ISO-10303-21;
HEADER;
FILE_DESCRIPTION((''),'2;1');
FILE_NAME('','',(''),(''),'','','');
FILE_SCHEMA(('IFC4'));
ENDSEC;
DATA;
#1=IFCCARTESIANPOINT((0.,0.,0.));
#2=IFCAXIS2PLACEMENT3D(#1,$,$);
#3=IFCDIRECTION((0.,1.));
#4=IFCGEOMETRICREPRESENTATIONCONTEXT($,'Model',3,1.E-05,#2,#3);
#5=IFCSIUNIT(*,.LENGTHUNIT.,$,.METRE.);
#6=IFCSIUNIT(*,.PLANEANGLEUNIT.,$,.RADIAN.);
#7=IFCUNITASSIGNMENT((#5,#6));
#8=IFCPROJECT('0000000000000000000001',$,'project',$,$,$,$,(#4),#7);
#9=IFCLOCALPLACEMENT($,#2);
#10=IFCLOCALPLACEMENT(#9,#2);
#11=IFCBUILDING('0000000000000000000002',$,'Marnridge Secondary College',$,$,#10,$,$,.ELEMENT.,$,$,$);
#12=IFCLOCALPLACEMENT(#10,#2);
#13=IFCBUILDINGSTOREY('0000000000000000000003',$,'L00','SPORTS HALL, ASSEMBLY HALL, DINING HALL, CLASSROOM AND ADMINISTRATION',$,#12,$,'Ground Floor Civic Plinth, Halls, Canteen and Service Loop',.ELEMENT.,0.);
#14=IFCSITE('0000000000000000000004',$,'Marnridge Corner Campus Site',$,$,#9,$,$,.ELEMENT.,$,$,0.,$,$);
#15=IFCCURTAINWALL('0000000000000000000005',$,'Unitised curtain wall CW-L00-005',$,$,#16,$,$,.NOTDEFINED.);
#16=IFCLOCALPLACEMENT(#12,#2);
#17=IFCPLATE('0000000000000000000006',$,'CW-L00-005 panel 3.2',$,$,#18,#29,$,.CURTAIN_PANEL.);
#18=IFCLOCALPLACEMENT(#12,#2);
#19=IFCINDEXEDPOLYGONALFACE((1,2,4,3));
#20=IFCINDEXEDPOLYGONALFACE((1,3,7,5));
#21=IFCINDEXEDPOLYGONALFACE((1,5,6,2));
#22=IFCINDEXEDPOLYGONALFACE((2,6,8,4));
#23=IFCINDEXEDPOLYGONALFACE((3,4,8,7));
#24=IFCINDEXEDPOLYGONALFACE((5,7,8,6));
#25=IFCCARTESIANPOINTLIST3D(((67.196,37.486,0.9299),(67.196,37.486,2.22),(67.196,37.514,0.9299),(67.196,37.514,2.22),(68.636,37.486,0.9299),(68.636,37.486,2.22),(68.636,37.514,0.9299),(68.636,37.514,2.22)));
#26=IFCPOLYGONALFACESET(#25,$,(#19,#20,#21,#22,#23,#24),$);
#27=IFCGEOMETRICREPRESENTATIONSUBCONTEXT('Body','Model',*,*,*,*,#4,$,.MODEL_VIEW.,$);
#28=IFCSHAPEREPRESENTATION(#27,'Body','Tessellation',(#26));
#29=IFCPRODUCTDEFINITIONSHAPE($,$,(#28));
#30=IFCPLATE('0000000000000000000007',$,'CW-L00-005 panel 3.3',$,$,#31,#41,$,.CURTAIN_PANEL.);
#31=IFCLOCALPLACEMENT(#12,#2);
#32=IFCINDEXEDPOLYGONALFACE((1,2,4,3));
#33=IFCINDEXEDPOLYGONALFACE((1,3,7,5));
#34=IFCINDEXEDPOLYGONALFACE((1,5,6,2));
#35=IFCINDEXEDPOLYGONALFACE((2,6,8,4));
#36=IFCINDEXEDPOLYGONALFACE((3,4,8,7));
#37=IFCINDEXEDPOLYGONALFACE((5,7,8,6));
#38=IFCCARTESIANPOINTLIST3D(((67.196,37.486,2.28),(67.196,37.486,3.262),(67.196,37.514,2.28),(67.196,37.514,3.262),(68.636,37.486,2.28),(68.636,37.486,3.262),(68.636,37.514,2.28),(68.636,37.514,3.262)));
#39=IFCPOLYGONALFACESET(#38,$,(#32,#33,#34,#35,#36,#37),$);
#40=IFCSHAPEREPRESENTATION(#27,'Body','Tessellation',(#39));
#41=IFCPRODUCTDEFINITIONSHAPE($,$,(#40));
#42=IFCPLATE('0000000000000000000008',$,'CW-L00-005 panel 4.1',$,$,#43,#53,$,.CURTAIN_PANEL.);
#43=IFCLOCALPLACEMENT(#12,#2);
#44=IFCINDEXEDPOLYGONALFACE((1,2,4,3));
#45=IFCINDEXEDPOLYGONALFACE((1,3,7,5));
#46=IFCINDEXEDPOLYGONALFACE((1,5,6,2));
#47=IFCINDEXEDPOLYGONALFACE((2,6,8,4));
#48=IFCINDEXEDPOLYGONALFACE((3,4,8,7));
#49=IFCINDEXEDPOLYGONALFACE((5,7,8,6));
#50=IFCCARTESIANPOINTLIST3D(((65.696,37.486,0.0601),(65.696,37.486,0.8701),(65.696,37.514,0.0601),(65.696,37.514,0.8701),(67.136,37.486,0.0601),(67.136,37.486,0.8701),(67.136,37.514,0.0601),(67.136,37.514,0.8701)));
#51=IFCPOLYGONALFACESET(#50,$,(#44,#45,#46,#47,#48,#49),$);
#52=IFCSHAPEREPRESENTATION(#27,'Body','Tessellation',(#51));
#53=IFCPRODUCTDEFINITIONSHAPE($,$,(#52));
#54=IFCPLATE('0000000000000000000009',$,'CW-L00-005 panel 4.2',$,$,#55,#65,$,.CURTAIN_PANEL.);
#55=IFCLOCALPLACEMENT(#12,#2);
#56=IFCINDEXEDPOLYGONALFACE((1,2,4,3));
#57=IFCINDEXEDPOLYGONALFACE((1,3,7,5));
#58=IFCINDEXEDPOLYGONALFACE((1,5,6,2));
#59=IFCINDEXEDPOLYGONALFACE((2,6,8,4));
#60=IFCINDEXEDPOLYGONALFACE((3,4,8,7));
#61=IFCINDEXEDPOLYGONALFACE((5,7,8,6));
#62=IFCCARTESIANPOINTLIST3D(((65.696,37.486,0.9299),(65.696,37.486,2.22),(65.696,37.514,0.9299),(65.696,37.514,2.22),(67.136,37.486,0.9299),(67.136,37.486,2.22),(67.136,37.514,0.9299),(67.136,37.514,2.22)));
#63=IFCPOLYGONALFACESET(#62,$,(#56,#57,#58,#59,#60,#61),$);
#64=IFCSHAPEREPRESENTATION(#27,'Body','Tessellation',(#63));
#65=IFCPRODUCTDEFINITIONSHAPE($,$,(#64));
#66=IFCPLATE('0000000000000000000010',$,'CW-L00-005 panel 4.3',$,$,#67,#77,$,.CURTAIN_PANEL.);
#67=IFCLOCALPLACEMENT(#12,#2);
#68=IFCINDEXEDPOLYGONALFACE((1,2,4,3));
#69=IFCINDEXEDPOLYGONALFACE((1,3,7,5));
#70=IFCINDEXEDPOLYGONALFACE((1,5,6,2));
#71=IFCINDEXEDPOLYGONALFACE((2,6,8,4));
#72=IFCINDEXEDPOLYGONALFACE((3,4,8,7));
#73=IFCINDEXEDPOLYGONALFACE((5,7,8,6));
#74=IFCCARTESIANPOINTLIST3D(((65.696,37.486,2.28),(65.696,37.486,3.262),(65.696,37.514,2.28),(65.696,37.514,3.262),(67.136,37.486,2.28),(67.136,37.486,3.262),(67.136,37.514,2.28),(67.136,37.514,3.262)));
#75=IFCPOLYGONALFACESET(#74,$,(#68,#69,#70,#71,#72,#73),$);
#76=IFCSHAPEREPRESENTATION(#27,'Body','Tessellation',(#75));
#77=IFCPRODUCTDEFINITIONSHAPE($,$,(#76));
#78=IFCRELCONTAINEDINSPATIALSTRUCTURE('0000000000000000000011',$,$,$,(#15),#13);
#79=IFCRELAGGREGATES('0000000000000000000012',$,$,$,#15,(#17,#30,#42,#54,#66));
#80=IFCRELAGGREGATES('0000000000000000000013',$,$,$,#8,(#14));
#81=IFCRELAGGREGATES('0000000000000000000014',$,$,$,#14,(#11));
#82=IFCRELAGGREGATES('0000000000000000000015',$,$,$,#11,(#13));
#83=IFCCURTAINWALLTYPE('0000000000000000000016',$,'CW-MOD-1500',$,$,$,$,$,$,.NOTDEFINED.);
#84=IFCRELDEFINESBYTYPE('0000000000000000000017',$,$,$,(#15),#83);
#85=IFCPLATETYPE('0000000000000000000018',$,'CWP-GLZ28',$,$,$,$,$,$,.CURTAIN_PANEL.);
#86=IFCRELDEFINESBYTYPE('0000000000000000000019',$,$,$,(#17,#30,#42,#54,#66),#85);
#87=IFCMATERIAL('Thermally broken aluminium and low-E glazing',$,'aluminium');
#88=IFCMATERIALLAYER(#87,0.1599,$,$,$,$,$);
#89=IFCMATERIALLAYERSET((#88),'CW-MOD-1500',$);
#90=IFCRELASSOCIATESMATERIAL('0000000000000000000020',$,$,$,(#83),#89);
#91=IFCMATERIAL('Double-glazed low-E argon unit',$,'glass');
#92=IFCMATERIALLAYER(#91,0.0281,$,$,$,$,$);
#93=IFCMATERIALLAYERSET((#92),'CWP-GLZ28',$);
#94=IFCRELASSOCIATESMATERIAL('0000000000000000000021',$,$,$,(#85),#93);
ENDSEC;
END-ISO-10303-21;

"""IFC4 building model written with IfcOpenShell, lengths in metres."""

from ifc_helpers import new_model, si_unit, direction, frame, origin, origin_2d, place, context, subcontext, project, spatial, rectangle, extrude, material, layer, layer_set, type_object, element, aggregate, save


model = new_model("IFC4")

# Units and contexts
model_context = context("Model", 3, precision=1e-05, world=origin(), true_north=direction((0.0, 1.0)))
body_context = subcontext(model_context, "Body", "Model", "MODEL_VIEW")
ifc_project = project(units=[si_unit("LENGTHUNIT", "METRE"), si_unit("PLANEANGLEUNIT", "RADIAN")], contexts=[model_context])

# Site, building, storey
site_placement = place(None, origin())
site = spatial("IfcSite", under=ifc_project, at=site_placement, Name="Marnridge Corner Campus Site", CompositionType="ELEMENT", RefElevation=0.0)
building_placement = place(site_placement, origin())
building = spatial("IfcBuilding", under=site, at=building_placement, Name="Marnridge Secondary College", CompositionType="ELEMENT")
storey_placement = place(building_placement, origin())
storey = spatial("IfcBuildingStorey", under=building, at=storey_placement, Name="L00", Description="SPORTS HALL, ASSEMBLY HALL, DINING HALL, CLASSROOM AND ADMINISTRATION", LongName="Ground Floor Civic Plinth, Halls, Canteen and Service Loop", CompositionType="ELEMENT", Elevation=0.0)

# Curtain wall, plates
ifc_material_1 = material(Name="Thermally broken aluminium and low-E glazing", Category="aluminium")
ifc_layer_1 = layer(ifc_material_1, 0.1599)
ifc_layer_set_1 = layer_set([ifc_layer_1], Name="CW-MOD-1500")
curtain_wall_type = type_object("IfcCurtainWallType", Name="CW-MOD-1500", PredefinedType="NOTDEFINED", material=ifc_layer_set_1)
curtain_wall_placement = place(storey_placement, origin())
curtain_wall = element("IfcCurtainWall", 1, at=curtain_wall_placement, inside=storey, type_object=curtain_wall_type, Name="Unitised curtain wall CW-L00-005", PredefinedType="NOTDEFINED")
ifc_material_2 = material(Name="Double-glazed low-E argon unit", Category="glass")
ifc_layer_2 = layer(ifc_material_2, 0.0281)
ifc_layer_set_2 = layer_set([ifc_layer_2], Name="CWP-GLZ28")
plate_type = type_object("IfcPlateType", Name="CWP-GLZ28", PredefinedType="CURTAIN_PANEL", material=ifc_layer_set_2)
plate_1_placement = place(storey_placement, frame((67.916, 37.5, 0.9299), z_axis=(0.0, 0.0, 1.0), x_axis=(-1.0, 0.0, 0.0)))
plate_1 = element("IfcPlate", 2, at=plate_1_placement, type_object=plate_type, Name="CW-L00-005 panel 3.2", PredefinedType="CURTAIN_PANEL", context=body_context, shape_type="SweptSolid", body=[
    extrude(rectangle(XDim=1.4399, YDim=0.0281, at=origin_2d()), origin(), (0.0, 0.0, 1.0), 1.29),
])
plate_2_placement = place(storey_placement, frame((67.916, 37.5, 2.28), z_axis=(0.0, 0.0, 1.0), x_axis=(-1.0, 0.0, 0.0)))
plate_2 = element("IfcPlate", 3, at=plate_2_placement, type_object=plate_type, Name="CW-L00-005 panel 3.3", PredefinedType="CURTAIN_PANEL", context=body_context, shape_type="SweptSolid", body=[
    extrude(rectangle(XDim=1.4399, YDim=0.0281, at=origin_2d()), origin(), (0.0, 0.0, 1.0), 0.9819),
])
plate_3_placement = place(storey_placement, frame((66.416, 37.5, 0.0601), z_axis=(0.0, 0.0, 1.0), x_axis=(-1.0, 0.0, 0.0)))
plate_3 = element("IfcPlate", 4, at=plate_3_placement, type_object=plate_type, Name="CW-L00-005 panel 4.1", PredefinedType="CURTAIN_PANEL", context=body_context, shape_type="SweptSolid", body=[
    extrude(rectangle(XDim=1.4399, YDim=0.0281, at=origin_2d()), origin(), (0.0, 0.0, 1.0), 0.8101),
])
plate_4_placement = place(storey_placement, frame((66.416, 37.5, 0.9299), z_axis=(0.0, 0.0, 1.0), x_axis=(-1.0, 0.0, 0.0)))
plate_4 = element("IfcPlate", 5, at=plate_4_placement, type_object=plate_type, Name="CW-L00-005 panel 4.2", PredefinedType="CURTAIN_PANEL", context=body_context, shape_type="SweptSolid", body=[
    extrude(rectangle(XDim=1.4399, YDim=0.0281, at=origin_2d()), origin(), (0.0, 0.0, 1.0), 1.29),
])
plate_5_placement = place(storey_placement, frame((66.416, 37.5, 2.28), z_axis=(0.0, 0.0, 1.0), x_axis=(-1.0, 0.0, 0.0)))
plate_5 = element("IfcPlate", 6, at=plate_5_placement, type_object=plate_type, Name="CW-L00-005 panel 4.3", PredefinedType="CURTAIN_PANEL", context=body_context, shape_type="SweptSolid", body=[
    extrude(rectangle(XDim=1.4399, YDim=0.0281, at=origin_2d()), origin(), (0.0, 0.0, 1.0), 0.9819),
])
aggregate(curtain_wall, [plate_1, plate_2, plate_3, plate_4, plate_5])

save(model, "model.ifc")
